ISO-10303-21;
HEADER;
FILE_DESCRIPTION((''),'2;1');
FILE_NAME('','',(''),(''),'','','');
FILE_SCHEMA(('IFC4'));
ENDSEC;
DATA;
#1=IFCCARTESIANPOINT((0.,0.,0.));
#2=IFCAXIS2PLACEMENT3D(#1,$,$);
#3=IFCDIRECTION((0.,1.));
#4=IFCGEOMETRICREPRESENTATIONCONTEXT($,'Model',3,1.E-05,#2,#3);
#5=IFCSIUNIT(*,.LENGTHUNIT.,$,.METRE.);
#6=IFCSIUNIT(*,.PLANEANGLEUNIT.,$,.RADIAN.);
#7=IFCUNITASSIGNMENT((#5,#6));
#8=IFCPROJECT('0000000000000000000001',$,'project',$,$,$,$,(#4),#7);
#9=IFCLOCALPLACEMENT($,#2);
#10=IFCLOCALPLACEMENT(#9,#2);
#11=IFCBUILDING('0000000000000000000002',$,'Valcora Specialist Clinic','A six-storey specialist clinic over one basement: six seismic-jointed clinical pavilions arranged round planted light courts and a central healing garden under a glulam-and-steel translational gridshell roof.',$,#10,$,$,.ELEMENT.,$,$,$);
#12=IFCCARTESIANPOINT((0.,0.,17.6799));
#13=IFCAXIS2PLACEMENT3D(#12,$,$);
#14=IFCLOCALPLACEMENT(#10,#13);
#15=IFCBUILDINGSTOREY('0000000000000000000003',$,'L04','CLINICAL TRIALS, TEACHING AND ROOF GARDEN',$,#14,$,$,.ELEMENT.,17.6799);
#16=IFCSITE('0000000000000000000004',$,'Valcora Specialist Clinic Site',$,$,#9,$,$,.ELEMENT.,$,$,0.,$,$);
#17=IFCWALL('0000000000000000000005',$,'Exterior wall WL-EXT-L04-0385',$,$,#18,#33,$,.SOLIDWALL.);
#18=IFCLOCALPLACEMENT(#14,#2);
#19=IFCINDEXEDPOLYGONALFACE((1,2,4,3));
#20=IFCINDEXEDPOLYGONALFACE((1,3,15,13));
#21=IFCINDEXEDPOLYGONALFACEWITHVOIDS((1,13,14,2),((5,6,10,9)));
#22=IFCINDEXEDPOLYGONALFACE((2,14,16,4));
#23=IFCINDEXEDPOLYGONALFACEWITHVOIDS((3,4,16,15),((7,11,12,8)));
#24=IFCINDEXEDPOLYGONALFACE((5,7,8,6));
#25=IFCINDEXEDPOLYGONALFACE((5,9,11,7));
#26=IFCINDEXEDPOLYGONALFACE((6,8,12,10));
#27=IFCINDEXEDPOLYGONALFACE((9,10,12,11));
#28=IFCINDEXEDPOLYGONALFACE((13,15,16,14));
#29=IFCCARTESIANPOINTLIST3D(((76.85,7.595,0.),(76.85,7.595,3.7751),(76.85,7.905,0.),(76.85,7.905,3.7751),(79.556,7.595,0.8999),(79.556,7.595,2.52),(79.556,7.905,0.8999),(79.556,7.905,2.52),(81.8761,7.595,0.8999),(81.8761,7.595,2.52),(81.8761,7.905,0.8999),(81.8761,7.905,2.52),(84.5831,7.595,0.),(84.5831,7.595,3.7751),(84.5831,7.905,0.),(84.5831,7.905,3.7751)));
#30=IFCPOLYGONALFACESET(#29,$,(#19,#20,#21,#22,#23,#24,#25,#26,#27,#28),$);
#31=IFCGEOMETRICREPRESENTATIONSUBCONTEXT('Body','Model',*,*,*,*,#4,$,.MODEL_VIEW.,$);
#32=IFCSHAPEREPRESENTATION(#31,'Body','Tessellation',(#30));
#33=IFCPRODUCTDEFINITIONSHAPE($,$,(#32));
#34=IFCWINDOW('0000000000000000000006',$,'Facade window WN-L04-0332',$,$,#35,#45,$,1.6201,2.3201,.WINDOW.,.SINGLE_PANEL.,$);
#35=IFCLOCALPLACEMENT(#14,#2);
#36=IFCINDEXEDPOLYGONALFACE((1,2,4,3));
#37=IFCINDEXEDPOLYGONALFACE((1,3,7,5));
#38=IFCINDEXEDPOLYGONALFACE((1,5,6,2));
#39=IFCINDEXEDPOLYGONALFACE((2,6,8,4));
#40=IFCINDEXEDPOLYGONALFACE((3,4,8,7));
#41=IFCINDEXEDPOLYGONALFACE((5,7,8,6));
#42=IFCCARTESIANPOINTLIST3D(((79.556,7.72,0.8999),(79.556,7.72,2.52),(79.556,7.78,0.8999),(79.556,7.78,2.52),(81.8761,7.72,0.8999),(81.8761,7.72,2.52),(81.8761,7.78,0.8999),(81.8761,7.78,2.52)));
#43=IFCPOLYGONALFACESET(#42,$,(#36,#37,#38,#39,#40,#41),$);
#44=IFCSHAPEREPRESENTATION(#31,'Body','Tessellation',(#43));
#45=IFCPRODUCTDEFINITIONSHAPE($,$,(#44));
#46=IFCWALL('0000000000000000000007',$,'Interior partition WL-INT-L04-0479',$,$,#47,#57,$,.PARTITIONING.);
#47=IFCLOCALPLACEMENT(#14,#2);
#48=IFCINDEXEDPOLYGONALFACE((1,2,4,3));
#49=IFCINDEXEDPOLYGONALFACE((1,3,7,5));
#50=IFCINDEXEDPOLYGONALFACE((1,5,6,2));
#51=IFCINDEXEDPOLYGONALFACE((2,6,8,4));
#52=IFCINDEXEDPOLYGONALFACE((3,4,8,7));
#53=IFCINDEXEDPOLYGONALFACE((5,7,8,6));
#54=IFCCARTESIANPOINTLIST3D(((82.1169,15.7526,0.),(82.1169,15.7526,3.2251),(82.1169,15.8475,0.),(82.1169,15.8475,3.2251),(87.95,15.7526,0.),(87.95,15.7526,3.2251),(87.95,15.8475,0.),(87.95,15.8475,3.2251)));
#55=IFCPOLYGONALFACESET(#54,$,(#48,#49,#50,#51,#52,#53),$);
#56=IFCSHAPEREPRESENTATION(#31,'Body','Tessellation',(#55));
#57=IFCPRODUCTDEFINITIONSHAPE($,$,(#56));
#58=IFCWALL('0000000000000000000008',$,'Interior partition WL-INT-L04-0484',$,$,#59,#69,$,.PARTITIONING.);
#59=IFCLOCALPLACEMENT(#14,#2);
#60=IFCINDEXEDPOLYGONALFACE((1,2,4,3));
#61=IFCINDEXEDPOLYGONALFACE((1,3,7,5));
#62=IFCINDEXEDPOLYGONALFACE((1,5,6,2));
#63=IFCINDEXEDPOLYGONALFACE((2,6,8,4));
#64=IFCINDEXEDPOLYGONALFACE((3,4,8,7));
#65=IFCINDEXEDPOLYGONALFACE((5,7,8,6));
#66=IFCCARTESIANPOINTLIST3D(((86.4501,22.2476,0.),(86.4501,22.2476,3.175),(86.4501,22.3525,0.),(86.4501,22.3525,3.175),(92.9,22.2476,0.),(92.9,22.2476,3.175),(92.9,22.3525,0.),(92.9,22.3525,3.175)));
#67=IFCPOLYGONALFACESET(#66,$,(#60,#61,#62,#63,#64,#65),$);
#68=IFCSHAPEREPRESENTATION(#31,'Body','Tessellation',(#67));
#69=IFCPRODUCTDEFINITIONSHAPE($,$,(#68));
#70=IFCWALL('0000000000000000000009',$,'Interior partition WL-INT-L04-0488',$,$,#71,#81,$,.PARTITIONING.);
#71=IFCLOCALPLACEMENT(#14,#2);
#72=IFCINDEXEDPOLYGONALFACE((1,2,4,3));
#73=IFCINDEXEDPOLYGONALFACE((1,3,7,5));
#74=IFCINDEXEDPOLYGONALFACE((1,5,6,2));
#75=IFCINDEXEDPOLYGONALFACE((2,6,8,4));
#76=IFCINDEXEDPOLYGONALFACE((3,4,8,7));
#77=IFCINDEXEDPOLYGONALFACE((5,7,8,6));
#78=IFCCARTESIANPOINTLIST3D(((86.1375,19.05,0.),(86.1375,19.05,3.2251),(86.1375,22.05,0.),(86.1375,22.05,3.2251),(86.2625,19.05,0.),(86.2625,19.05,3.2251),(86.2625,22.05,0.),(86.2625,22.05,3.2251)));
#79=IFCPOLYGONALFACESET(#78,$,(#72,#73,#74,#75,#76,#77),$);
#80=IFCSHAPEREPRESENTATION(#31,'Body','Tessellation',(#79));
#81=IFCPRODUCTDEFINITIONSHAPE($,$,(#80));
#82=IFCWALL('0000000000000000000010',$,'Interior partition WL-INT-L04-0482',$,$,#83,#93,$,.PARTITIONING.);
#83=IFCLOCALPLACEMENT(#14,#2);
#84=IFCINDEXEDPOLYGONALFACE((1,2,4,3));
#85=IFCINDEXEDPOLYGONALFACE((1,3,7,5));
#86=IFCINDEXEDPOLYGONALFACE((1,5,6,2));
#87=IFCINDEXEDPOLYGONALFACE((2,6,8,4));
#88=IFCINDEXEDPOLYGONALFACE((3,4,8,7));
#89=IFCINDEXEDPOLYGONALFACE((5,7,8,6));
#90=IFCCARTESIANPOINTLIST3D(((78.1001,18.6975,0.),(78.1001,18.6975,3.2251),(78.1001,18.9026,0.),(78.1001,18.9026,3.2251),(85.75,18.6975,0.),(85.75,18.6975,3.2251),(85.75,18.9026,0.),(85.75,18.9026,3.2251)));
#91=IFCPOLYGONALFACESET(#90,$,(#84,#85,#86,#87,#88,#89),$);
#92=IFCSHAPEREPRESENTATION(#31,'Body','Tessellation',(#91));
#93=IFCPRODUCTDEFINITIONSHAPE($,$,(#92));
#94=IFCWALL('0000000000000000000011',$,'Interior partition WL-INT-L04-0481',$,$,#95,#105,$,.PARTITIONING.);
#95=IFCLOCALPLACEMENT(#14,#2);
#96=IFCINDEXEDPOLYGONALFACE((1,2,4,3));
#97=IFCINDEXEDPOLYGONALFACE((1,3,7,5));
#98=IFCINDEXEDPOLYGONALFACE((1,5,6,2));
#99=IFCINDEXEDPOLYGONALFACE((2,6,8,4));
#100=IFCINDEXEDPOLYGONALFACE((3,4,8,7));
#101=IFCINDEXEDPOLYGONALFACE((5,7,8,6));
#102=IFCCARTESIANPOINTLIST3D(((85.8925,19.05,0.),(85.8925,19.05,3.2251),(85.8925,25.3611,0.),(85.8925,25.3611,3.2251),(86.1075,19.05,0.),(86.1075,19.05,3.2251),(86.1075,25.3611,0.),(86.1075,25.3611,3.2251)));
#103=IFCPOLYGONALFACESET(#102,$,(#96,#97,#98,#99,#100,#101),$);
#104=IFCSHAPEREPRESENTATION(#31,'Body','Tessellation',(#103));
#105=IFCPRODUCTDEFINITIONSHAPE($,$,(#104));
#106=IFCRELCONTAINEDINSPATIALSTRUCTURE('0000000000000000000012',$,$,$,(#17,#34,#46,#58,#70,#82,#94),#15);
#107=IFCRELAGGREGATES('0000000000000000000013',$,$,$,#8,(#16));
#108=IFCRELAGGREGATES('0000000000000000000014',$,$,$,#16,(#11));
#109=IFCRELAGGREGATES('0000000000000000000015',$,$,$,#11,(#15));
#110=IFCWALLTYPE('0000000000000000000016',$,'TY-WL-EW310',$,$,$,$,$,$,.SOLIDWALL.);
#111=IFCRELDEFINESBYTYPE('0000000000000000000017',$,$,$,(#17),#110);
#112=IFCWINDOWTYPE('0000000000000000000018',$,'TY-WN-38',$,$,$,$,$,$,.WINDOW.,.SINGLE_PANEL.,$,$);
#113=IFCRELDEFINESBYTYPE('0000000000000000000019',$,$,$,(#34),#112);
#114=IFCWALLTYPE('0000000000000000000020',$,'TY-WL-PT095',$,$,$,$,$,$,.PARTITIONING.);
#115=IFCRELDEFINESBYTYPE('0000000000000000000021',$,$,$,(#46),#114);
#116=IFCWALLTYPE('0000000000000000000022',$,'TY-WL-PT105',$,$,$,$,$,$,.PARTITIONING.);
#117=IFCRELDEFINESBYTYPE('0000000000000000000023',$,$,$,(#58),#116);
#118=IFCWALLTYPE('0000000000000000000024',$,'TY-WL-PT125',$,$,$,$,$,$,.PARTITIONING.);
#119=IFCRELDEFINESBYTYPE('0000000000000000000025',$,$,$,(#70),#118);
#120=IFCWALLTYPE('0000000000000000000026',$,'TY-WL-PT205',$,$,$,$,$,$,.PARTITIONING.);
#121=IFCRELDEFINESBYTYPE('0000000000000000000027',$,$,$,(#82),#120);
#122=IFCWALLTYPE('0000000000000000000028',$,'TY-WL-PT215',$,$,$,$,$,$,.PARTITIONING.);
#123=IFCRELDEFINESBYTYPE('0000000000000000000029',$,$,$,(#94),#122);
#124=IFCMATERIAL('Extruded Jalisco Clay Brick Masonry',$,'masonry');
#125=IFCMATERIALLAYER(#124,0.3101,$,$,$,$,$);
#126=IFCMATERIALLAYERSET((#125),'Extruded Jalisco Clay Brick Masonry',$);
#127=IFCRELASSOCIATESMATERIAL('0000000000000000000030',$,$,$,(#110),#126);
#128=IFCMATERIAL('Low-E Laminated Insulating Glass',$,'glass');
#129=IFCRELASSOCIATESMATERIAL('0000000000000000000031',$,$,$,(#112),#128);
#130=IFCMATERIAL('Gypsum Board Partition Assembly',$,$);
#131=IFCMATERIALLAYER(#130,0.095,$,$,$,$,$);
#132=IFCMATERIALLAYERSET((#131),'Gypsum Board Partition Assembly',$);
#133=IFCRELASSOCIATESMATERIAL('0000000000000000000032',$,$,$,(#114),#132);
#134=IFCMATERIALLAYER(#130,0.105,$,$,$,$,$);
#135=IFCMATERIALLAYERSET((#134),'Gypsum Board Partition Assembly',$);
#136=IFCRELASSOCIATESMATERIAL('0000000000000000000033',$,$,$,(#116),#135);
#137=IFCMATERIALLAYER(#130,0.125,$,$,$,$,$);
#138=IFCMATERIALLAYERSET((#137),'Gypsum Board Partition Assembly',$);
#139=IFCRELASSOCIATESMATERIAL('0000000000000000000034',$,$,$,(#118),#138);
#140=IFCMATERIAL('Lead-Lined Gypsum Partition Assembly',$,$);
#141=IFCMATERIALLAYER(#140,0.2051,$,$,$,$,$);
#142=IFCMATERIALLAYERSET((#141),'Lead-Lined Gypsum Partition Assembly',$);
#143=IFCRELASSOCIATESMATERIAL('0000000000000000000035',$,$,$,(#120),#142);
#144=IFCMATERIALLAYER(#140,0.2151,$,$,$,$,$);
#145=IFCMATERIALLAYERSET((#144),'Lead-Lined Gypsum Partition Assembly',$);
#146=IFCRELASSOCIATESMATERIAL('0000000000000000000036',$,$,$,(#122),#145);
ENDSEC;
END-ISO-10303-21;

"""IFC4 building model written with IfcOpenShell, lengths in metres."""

from ifc_helpers import new_model, si_unit, direction, frame, frame_2d, origin, place, context, subcontext, project, spatial, rectangle, extrude, material, layer, layer_set, type_object, element, fill, save


model = new_model("IFC4")

# Units and contexts
model_context = context("Model", 3, precision=1e-05, world=origin(), true_north=direction((0.0, 1.0)))
body_context = subcontext(model_context, "Body", "Model", "MODEL_VIEW")
ifc_project = project(units=[si_unit("LENGTHUNIT", "METRE"), si_unit("PLANEANGLEUNIT", "RADIAN")], contexts=[model_context])

# Site, building, storey
site_placement = place(None, origin())
site = spatial("IfcSite", under=ifc_project, at=site_placement, Name="Valcora Specialist Clinic Site", CompositionType="ELEMENT", RefElevation=0.0)
building_placement = place(site_placement, origin())
building = spatial("IfcBuilding", under=site, at=building_placement, Name="Valcora Specialist Clinic", Description="A six-storey specialist clinic over one basement: six seismic-jointed clinical pavilions arranged round planted light courts and a central healing garden under a glulam-and-steel translational gridshell roof.", CompositionType="ELEMENT")
storey_placement = place(building_placement, frame((0.0, 0.0, 17.6799)))
storey = spatial("IfcBuildingStorey", under=building, at=storey_placement, Name="L04", Description="CLINICAL TRIALS, TEACHING AND ROOF GARDEN", CompositionType="ELEMENT", Elevation=17.6799)

# Wall, opening, window
ifc_material_1 = material(Name="Extruded Jalisco Clay Brick Masonry", Category="masonry")
ifc_layer_1 = layer(ifc_material_1, 0.3101)
ifc_layer_set_1 = layer_set([ifc_layer_1], Name="Extruded Jalisco Clay Brick Masonry")
wall_type_1 = type_object("IfcWallType", Name="TY-WL-EW310", PredefinedType="SOLIDWALL", material=ifc_layer_set_1)
wall_1_placement = place(storey_placement, frame((84.5833, 7.75, 0.0), z_axis=(0.0, 0.0, 1.0), x_axis=(-1.0, 0.0, 0.0)))
wall_1 = element("IfcWall", 1, at=wall_1_placement, inside=storey, type_object=wall_type_1, Name="Exterior wall WL-EXT-L04-0385", PredefinedType="SOLIDWALL", context=body_context, shape_type="SweptSolid", body=[
    extrude(rectangle(XDim=7.7332, YDim=0.3101, at=frame_2d((3.8667, 0.0))), origin(), (0.0, 0.0, 1.0), 3.7751),
])
opening_1_placement = place(wall_1_placement, frame((2.707, 0.0, 0.8999)))
opening_1 = element("IfcOpeningElement", 2, at=opening_1_placement, cuts=wall_1, PredefinedType="OPENING", context=body_context, shape_type="SweptSolid", body=[
    extrude(rectangle(XDim=2.3201, YDim=1.6201, at=frame_2d((1.1602, 0.8101))), frame((0.0, 0.165, 0.0), z_axis=(0.0, -1.0, 0.0), x_axis=(1.0, 0.0, 0.0)), (0.0, 0.0, 1.0), 0.3301),
])
ifc_material_2 = material(Name="Low-E Laminated Insulating Glass", Category="glass")
window_type = type_object("IfcWindowType", Name="TY-WN-38", PartitioningType="SINGLE_PANEL", PredefinedType="WINDOW", material=ifc_material_2)
window_placement = place(opening_1_placement, origin())
window = element("IfcWindow", 3, at=window_placement, inside=storey, type_object=window_type, Name="Facade window WN-L04-0332", OverallHeight=1.6201, OverallWidth=2.3201, PartitioningType="SINGLE_PANEL", PredefinedType="WINDOW", context=body_context, shape_type="SweptSolid", body=[
    extrude(rectangle(XDim=2.3201, YDim=1.6201, at=frame_2d((1.1602, 0.8101))), frame((0.0, 0.03, 0.0), z_axis=(0.0, -1.0, 0.0), x_axis=(1.0, 0.0, 0.0)), (0.0, 0.0, 1.0), 0.0601),
])
fill(opening_1, window)

# Walls
ifc_material_3 = material(Name="Gypsum Board Partition Assembly")
ifc_layer_2 = layer(ifc_material_3, 0.095)
ifc_layer_set_2 = layer_set([ifc_layer_2], Name="Gypsum Board Partition Assembly")
wall_type_2 = type_object("IfcWallType", Name="TY-WL-PT095", PredefinedType="PARTITIONING", material=ifc_layer_set_2)
wall_2_placement = place(storey_placement, frame((82.1169, 15.8, 0.0), z_axis=(0.0, 0.0, 1.0), x_axis=(1.0, 0.0, 0.0)))
element("IfcWall", 4, at=wall_2_placement, inside=storey, type_object=wall_type_2, Name="Interior partition WL-INT-L04-0479", PredefinedType="PARTITIONING", context=body_context, shape_type="SweptSolid", body=[
    extrude(rectangle(XDim=5.833, YDim=0.095, at=frame_2d((2.9165, 0.0))), origin(), (0.0, 0.0, 1.0), 3.2251),
])
ifc_layer_3 = layer(ifc_material_3, 0.105)
ifc_layer_set_3 = layer_set([ifc_layer_3], Name="Gypsum Board Partition Assembly")
wall_type_3 = type_object("IfcWallType", Name="TY-WL-PT105", PredefinedType="PARTITIONING", material=ifc_layer_set_3)
wall_3_placement = place(storey_placement, frame((86.45, 22.3, 0.0), z_axis=(0.0, 0.0, 1.0), x_axis=(1.0, 0.0, 0.0)))
element("IfcWall", 5, at=wall_3_placement, inside=storey, type_object=wall_type_3, Name="Interior partition WL-INT-L04-0484", PredefinedType="PARTITIONING", context=body_context, shape_type="SweptSolid", body=[
    extrude(rectangle(XDim=6.45, YDim=0.105, at=frame_2d((3.2251, 0.0))), origin(), (0.0, 0.0, 1.0), 3.175),
])
ifc_layer_4 = layer(ifc_material_3, 0.125)
ifc_layer_set_4 = layer_set([ifc_layer_4], Name="Gypsum Board Partition Assembly")
wall_type_4 = type_object("IfcWallType", Name="TY-WL-PT125", PredefinedType="PARTITIONING", material=ifc_layer_set_4)
wall_4_placement = place(storey_placement, frame((86.2, 19.05, 0.0), z_axis=(0.0, 0.0, 1.0), x_axis=(0.0, 1.0, 0.0)))
element("IfcWall", 6, at=wall_4_placement, inside=storey, type_object=wall_type_4, Name="Interior partition WL-INT-L04-0488", PredefinedType="PARTITIONING", context=body_context, shape_type="SweptSolid", body=[
    extrude(rectangle(XDim=3.0, YDim=0.125, at=frame_2d((1.5, 0.0))), origin(), (0.0, 0.0, 1.0), 3.2251),
])
ifc_material_4 = material(Name="Lead-Lined Gypsum Partition Assembly")
ifc_layer_5 = layer(ifc_material_4, 0.2051)
ifc_layer_set_5 = layer_set([ifc_layer_5], Name="Lead-Lined Gypsum Partition Assembly")
wall_type_5 = type_object("IfcWallType", Name="TY-WL-PT205", PredefinedType="PARTITIONING", material=ifc_layer_set_5)
wall_5_placement = place(storey_placement, frame((85.75, 18.8, 0.0), z_axis=(0.0, 0.0, 1.0), x_axis=(-1.0, 0.0, 0.0)))
element("IfcWall", 7, at=wall_5_placement, inside=storey, type_object=wall_type_5, Name="Interior partition WL-INT-L04-0482", PredefinedType="PARTITIONING", context=body_context, shape_type="SweptSolid", body=[
    extrude(rectangle(XDim=7.6499, YDim=0.2051, at=frame_2d((3.825, 0.0))), origin(), (0.0, 0.0, 1.0), 3.2251),
])
ifc_layer_6 = layer(ifc_material_4, 0.2151)
ifc_layer_set_6 = layer_set([ifc_layer_6], Name="Lead-Lined Gypsum Partition Assembly")
wall_type_6 = type_object("IfcWallType", Name="TY-WL-PT215", PredefinedType="PARTITIONING", material=ifc_layer_set_6)
wall_6_placement = place(storey_placement, frame((86.0, 25.3611, 0.0), z_axis=(0.0, 0.0, 1.0), x_axis=(0.0, -1.0, 0.0)))
element("IfcWall", 8, at=wall_6_placement, inside=storey, type_object=wall_type_6, Name="Interior partition WL-INT-L04-0481", PredefinedType="PARTITIONING", context=body_context, shape_type="SweptSolid", body=[
    extrude(rectangle(XDim=6.311, YDim=0.2151, at=frame_2d((3.1555, 0.0))), origin(), (0.0, 0.0, 1.0), 3.2251),
])

save(model, "model.ifc")
